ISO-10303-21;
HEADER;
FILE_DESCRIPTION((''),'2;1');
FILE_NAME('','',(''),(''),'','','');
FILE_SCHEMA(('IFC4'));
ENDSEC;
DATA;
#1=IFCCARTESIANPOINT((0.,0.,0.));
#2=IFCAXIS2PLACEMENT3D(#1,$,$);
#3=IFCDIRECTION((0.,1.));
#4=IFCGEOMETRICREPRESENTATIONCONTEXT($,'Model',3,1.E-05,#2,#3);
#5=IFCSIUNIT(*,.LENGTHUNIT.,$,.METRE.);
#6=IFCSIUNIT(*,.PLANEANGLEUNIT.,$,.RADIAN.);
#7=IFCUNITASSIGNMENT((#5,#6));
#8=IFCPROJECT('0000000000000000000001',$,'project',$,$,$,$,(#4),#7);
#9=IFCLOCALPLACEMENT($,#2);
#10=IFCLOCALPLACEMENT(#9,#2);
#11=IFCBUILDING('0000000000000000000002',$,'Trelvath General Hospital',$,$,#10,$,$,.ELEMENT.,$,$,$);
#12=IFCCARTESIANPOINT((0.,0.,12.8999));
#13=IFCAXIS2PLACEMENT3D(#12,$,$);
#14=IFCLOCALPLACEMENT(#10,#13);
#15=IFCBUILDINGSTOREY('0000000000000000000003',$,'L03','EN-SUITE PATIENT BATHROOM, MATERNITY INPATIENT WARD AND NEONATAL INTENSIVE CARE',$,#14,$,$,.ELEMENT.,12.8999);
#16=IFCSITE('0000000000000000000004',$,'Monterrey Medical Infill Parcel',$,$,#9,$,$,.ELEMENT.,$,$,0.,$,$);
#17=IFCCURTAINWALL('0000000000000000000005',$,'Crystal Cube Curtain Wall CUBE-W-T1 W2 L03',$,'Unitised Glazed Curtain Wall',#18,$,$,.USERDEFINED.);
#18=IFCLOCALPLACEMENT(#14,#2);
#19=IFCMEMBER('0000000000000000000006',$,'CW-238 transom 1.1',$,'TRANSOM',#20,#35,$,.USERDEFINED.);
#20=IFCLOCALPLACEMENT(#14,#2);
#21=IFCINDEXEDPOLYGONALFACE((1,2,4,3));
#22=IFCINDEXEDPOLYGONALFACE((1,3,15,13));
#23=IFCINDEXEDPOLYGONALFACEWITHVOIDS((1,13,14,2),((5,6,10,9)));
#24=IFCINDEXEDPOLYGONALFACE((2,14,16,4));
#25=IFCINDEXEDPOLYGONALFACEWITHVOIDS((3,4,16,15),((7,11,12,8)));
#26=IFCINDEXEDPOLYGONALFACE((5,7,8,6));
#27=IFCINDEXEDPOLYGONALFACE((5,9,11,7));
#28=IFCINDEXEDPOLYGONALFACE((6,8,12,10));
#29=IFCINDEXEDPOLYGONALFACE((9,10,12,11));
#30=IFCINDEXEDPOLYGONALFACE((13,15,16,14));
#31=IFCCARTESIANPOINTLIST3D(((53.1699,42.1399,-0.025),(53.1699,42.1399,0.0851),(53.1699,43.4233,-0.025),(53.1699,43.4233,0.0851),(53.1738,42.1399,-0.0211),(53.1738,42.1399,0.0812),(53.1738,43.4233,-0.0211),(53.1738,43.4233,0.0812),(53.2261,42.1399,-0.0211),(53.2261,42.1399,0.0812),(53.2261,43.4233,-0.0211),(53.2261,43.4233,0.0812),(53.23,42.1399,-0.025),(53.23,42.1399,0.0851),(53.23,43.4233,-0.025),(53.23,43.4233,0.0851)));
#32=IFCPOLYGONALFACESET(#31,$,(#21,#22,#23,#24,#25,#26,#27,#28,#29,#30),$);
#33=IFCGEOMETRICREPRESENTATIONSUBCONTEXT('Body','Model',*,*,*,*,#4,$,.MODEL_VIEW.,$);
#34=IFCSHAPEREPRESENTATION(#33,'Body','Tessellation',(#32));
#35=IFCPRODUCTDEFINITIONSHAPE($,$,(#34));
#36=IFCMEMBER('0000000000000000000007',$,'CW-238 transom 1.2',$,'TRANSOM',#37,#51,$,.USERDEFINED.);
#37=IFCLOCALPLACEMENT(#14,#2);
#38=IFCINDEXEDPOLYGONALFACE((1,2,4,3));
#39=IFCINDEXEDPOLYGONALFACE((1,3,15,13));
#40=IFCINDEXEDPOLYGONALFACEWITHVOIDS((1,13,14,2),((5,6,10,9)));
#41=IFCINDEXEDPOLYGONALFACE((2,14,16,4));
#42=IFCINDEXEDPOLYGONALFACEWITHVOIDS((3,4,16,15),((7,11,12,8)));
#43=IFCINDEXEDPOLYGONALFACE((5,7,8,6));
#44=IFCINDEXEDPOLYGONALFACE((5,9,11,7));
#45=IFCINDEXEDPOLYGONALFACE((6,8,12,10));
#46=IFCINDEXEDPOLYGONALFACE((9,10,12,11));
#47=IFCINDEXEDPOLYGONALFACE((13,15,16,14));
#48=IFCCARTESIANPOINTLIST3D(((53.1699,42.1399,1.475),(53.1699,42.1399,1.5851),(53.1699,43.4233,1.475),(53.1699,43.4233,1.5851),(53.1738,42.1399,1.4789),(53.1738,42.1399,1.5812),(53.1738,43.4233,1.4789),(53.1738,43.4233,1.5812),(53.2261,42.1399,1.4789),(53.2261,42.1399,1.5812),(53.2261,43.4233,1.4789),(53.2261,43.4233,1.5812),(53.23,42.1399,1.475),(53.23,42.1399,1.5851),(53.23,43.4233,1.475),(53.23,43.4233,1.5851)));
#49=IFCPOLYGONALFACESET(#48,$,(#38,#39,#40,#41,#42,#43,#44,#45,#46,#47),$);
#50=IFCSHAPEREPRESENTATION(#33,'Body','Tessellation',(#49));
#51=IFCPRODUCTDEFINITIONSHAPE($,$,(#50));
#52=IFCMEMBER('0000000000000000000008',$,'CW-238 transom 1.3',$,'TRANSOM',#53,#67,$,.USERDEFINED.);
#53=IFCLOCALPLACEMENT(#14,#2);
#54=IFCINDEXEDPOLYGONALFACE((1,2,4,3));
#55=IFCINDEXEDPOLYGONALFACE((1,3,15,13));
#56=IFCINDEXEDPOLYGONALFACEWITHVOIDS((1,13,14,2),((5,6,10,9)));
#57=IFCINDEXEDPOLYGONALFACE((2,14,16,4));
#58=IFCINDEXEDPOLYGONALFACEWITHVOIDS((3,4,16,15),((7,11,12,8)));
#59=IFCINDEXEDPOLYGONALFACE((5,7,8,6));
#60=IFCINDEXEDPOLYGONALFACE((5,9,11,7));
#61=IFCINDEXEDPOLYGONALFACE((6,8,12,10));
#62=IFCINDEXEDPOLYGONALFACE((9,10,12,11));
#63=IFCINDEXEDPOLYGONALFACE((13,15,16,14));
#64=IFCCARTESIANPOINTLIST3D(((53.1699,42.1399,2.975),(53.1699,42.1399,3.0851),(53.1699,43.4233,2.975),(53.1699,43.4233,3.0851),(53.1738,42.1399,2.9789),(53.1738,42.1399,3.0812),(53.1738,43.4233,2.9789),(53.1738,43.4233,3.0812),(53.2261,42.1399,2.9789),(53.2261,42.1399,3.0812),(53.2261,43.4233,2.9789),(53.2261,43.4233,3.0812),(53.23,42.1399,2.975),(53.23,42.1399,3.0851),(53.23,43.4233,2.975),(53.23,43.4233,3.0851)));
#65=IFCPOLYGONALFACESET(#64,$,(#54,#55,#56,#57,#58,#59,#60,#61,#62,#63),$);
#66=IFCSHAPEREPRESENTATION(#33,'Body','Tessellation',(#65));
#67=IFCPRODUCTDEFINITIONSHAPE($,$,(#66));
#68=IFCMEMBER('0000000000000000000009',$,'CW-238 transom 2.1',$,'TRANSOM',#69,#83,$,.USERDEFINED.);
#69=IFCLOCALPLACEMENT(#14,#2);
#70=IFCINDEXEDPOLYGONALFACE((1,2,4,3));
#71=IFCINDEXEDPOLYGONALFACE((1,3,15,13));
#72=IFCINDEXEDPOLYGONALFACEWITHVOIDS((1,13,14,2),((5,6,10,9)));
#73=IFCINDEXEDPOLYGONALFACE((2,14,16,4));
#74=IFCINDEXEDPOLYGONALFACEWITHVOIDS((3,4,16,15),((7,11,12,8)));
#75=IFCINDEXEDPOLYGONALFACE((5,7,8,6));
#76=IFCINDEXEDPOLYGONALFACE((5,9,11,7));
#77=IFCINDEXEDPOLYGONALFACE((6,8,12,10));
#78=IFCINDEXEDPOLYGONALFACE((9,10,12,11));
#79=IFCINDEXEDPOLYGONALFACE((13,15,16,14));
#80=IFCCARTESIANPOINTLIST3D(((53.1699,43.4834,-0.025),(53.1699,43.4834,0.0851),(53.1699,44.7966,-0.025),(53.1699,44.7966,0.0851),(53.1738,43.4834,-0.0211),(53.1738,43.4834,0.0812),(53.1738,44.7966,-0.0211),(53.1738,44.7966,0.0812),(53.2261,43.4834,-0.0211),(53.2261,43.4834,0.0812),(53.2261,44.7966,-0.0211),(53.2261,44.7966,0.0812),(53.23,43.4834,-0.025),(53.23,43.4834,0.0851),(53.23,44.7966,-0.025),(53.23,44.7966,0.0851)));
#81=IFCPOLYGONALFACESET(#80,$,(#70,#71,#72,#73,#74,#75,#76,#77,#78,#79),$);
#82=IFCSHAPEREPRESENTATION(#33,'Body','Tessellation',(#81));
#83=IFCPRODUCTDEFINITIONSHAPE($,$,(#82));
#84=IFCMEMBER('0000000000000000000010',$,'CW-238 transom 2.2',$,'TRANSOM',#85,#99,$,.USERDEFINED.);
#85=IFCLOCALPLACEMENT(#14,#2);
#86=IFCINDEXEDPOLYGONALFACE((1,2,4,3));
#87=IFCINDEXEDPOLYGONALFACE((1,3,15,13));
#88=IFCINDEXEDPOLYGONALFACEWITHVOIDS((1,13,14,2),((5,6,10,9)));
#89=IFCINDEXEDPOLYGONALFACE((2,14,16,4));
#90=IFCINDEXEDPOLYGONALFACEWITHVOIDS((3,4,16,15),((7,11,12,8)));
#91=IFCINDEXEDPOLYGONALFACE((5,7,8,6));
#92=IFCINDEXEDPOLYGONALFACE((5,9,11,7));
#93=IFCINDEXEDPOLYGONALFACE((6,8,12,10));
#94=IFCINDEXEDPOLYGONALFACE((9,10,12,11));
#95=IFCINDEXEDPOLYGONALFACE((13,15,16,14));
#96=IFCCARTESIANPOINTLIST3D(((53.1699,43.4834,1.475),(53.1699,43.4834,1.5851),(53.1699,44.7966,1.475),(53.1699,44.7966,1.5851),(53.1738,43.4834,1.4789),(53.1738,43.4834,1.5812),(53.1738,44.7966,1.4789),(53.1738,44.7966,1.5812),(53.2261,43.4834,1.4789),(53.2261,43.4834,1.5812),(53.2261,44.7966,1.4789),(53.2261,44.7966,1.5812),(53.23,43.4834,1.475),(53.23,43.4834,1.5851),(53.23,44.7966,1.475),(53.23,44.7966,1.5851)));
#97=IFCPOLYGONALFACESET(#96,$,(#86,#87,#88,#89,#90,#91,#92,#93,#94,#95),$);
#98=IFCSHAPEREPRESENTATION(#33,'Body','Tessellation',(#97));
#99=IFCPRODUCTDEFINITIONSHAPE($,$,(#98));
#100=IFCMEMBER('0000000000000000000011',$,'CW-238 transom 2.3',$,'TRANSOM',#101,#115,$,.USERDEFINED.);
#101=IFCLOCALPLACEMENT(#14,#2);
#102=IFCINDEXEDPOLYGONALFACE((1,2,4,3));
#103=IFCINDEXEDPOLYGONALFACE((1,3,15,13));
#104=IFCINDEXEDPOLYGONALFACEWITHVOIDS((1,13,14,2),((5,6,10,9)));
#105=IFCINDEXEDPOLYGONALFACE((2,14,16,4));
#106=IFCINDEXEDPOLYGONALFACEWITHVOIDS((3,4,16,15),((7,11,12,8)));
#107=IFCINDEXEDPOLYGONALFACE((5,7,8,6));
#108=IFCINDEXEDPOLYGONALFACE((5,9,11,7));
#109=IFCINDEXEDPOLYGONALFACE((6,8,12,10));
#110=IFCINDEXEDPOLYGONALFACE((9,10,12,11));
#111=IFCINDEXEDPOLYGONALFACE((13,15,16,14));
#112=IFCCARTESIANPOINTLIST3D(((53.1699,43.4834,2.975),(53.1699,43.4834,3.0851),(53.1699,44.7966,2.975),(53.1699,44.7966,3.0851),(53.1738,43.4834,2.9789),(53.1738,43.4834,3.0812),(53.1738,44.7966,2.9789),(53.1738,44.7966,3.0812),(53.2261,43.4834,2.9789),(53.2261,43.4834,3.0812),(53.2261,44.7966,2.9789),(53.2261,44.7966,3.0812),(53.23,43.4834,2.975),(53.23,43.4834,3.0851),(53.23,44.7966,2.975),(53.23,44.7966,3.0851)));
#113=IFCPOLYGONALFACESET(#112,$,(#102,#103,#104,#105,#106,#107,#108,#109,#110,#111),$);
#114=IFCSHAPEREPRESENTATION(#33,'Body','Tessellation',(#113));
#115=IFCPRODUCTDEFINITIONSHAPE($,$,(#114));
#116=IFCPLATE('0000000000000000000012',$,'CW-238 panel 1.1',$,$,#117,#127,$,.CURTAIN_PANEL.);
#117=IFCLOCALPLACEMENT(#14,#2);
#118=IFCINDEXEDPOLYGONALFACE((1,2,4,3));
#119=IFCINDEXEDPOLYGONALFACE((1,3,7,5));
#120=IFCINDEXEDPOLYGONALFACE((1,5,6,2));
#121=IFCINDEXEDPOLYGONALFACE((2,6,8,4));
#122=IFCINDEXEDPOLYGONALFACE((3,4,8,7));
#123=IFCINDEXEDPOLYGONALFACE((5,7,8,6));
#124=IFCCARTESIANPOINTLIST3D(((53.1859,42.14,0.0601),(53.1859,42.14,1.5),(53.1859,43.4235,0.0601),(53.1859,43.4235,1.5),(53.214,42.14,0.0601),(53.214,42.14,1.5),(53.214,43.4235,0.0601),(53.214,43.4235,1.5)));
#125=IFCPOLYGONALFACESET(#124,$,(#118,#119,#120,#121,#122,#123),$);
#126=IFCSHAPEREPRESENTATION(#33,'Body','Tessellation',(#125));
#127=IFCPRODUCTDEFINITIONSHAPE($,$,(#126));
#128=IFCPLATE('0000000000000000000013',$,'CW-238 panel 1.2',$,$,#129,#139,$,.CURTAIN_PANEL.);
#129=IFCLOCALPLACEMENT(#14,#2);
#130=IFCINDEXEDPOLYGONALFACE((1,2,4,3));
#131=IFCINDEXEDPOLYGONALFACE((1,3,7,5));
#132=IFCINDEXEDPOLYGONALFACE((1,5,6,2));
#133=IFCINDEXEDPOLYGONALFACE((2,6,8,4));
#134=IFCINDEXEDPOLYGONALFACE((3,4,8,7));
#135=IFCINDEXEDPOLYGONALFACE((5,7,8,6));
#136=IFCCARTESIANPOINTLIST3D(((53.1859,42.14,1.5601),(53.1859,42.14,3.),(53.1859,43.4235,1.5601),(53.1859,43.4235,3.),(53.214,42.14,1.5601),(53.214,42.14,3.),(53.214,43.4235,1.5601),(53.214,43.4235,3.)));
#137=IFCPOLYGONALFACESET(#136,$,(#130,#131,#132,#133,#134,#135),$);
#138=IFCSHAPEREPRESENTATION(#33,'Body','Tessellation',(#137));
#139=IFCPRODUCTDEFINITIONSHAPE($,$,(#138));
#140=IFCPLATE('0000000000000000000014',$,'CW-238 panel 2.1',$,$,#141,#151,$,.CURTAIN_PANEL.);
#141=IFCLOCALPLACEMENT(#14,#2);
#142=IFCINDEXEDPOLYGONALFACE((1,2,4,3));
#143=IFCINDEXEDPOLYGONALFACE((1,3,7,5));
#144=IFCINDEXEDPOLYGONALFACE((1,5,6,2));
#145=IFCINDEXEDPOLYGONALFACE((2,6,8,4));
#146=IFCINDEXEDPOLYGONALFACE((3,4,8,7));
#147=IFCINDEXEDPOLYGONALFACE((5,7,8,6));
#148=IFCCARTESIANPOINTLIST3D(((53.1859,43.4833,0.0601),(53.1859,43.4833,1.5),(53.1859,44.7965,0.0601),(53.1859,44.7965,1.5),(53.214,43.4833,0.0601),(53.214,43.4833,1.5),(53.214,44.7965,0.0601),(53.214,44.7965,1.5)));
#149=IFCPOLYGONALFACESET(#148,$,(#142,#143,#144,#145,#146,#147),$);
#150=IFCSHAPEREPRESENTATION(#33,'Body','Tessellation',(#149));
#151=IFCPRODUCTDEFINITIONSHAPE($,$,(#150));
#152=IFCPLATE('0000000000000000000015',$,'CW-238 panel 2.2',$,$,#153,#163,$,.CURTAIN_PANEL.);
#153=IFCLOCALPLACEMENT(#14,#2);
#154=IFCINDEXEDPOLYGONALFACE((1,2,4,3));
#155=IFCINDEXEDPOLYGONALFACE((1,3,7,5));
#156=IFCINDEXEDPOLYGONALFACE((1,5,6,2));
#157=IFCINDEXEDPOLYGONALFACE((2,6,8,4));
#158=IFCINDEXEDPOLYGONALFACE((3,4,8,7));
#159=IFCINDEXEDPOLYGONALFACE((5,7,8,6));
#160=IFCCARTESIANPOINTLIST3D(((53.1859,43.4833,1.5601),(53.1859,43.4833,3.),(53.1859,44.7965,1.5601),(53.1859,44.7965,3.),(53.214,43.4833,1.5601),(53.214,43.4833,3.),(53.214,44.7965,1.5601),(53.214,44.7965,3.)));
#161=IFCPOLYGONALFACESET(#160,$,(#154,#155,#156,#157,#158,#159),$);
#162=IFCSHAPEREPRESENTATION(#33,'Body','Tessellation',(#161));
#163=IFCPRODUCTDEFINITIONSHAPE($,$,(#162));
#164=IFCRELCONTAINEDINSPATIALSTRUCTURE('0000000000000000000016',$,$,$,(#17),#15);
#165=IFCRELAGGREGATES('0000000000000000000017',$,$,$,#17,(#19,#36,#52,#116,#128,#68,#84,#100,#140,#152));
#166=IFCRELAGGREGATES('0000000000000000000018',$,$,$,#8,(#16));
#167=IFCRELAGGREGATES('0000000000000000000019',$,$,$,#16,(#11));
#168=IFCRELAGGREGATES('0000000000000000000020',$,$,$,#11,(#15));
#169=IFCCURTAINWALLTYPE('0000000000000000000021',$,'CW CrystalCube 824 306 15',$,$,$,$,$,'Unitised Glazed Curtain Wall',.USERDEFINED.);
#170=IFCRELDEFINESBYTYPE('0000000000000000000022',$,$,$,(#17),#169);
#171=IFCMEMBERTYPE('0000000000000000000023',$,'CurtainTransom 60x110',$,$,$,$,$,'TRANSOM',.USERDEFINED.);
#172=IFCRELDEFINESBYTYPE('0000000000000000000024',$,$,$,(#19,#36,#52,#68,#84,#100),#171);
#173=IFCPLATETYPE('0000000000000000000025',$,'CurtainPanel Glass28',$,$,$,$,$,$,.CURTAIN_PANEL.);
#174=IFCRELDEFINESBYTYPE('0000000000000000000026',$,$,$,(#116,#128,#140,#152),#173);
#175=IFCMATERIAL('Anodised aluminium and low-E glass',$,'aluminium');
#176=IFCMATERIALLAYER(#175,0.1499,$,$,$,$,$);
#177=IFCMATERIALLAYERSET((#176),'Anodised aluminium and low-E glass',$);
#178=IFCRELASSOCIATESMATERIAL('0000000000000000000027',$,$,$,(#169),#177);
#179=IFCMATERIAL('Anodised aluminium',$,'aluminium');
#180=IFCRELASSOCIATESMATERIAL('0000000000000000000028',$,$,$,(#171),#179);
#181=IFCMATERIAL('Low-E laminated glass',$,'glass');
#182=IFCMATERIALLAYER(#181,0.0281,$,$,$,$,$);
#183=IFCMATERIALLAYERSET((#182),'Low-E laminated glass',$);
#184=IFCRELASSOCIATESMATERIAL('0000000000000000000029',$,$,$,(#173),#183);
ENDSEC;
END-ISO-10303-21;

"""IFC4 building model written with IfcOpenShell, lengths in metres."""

from ifc_helpers import new_model, si_unit, direction, frame, origin, origin_2d, place, context, subcontext, project, spatial, rectangle, hollow_rectangle, extrude, material, layer, layer_set, material_profile, profile_set, type_object, element, aggregate, save


model = new_model("IFC4")

# Units and contexts
model_context = context("Model", 3, precision=1e-05, world=origin(), true_north=direction((0.0, 1.0)))
body_context = subcontext(model_context, "Body", "Model", "MODEL_VIEW")
ifc_project = project(units=[si_unit("LENGTHUNIT", "METRE"), si_unit("PLANEANGLEUNIT", "RADIAN")], contexts=[model_context])

# Site, building, storey
site_placement = place(None, origin())
site = spatial("IfcSite", under=ifc_project, at=site_placement, Name="Monterrey Medical Infill Parcel", CompositionType="ELEMENT", RefElevation=0.0)
building_placement = place(site_placement, origin())
building = spatial("IfcBuilding", under=site, at=building_placement, Name="Trelvath General Hospital", CompositionType="ELEMENT")
storey_placement = place(building_placement, frame((0.0, 0.0, 12.8999)))
storey = spatial("IfcBuildingStorey", under=building, at=storey_placement, Name="L03", Description="EN-SUITE PATIENT BATHROOM, MATERNITY INPATIENT WARD AND NEONATAL INTENSIVE CARE", CompositionType="ELEMENT", Elevation=12.8999)

# Curtain wall, members, plates
ifc_material_1 = material(Name="Anodised aluminium and low-E glass", Category="aluminium")
ifc_layer_1 = layer(ifc_material_1, 0.1499)
ifc_layer_set_1 = layer_set([ifc_layer_1], Name="Anodised aluminium and low-E glass")
curtain_wall_type_1 = type_object("IfcCurtainWallType", Name="CW CrystalCube 824 306 15", ElementType="Unitised Glazed Curtain Wall", PredefinedType="USERDEFINED", material=ifc_layer_set_1)
curtain_wall_1_placement = place(storey_placement, origin())
curtain_wall_1 = element("IfcCurtainWall", 1, at=curtain_wall_1_placement, inside=storey, type_object=curtain_wall_type_1, Name="Crystal Cube Curtain Wall CUBE-W-T1 W2 L03", ObjectType="Unitised Glazed Curtain Wall", PredefinedType="USERDEFINED")
ifc_material_2 = material(Name="Anodised aluminium", Category="aluminium")
ifc_material_profile_1 = material_profile(ifc_material_2, hollow_rectangle(XDim=0.0601, YDim=0.1101, WallThickness=0.0039, at=origin_2d()), Name="RHS60x110x4")
ifc_profile_set_1 = profile_set([ifc_material_profile_1], Name="Anodised aluminium")
member_type_1 = type_object("IfcMemberType", Name="CurtainTransom 60x110", ElementType="TRANSOM", PredefinedType="USERDEFINED", material=ifc_profile_set_1)
member_1_placement = place(storey_placement, frame((53.2, 42.1399, 0.03), z_axis=(0.0, 1.0, 0.0), x_axis=(-1.0, 0.0, 0.0)))
member_1 = element("IfcMember", 2, at=member_1_placement, type_object=member_type_1, Name="CW-238 transom 1.1", ObjectType="TRANSOM", PredefinedType="USERDEFINED", context=body_context, shape_type="SweptSolid", body=[
    extrude(hollow_rectangle(XDim=0.0601, YDim=0.1101, WallThickness=0.0039, at=origin_2d()), origin(), (0.0, 0.0, 1.0), 1.2834),
])
member_2_placement = place(storey_placement, frame((53.2, 42.1399, 1.53), z_axis=(0.0, 1.0, 0.0), x_axis=(-1.0, 0.0, 0.0)))
member_2 = element("IfcMember", 3, at=member_2_placement, type_object=member_type_1, Name="CW-238 transom 1.2", ObjectType="TRANSOM", PredefinedType="USERDEFINED", context=body_context, shape_type="SweptSolid", body=[
    extrude(hollow_rectangle(XDim=0.0601, YDim=0.1101, WallThickness=0.0039, at=origin_2d()), origin(), (0.0, 0.0, 1.0), 1.2834),
])
member_3_placement = place(storey_placement, frame((53.2, 42.1399, 3.03), z_axis=(0.0, 1.0, 0.0), x_axis=(-1.0, 0.0, 0.0)))
member_3 = element("IfcMember", 4, at=member_3_placement, type_object=member_type_1, Name="CW-238 transom 1.3", ObjectType="TRANSOM", PredefinedType="USERDEFINED", context=body_context, shape_type="SweptSolid", body=[
    extrude(hollow_rectangle(XDim=0.0601, YDim=0.1101, WallThickness=0.0039, at=origin_2d()), origin(), (0.0, 0.0, 1.0), 1.2834),
])
member_4_placement = place(storey_placement, frame((53.2, 43.4834, 0.03), z_axis=(0.0, 1.0, 0.0), x_axis=(-1.0, 0.0, 0.0)))
member_4 = element("IfcMember", 5, at=member_4_placement, type_object=member_type_1, Name="CW-238 transom 2.1", ObjectType="TRANSOM", PredefinedType="USERDEFINED", context=body_context, shape_type="SweptSolid", body=[
    extrude(hollow_rectangle(XDim=0.0601, YDim=0.1101, WallThickness=0.0039, at=origin_2d()), origin(), (0.0, 0.0, 1.0), 1.3132),
])
member_5_placement = place(storey_placement, frame((53.2, 43.4834, 1.53), z_axis=(0.0, 1.0, 0.0), x_axis=(-1.0, 0.0, 0.0)))
member_5 = element("IfcMember", 6, at=member_5_placement, type_object=member_type_1, Name="CW-238 transom 2.2", ObjectType="TRANSOM", PredefinedType="USERDEFINED", context=body_context, shape_type="SweptSolid", body=[
    extrude(hollow_rectangle(XDim=0.0601, YDim=0.1101, WallThickness=0.0039, at=origin_2d()), origin(), (0.0, 0.0, 1.0), 1.3132),
])
member_6_placement = place(storey_placement, frame((53.2, 43.4834, 3.03), z_axis=(0.0, 1.0, 0.0), x_axis=(-1.0, 0.0, 0.0)))
member_6 = element("IfcMember", 7, at=member_6_placement, type_object=member_type_1, Name="CW-238 transom 2.3", ObjectType="TRANSOM", PredefinedType="USERDEFINED", context=body_context, shape_type="SweptSolid", body=[
    extrude(hollow_rectangle(XDim=0.0601, YDim=0.1101, WallThickness=0.0039, at=origin_2d()), origin(), (0.0, 0.0, 1.0), 1.3132),
])
ifc_material_3 = material(Name="Low-E laminated glass", Category="glass")
ifc_layer_2 = layer(ifc_material_3, 0.0281)
ifc_layer_set_2 = layer_set([ifc_layer_2], Name="Low-E laminated glass")
plate_type = type_object("IfcPlateType", Name="CurtainPanel Glass28", PredefinedType="CURTAIN_PANEL", material=ifc_layer_set_2)
plate_1_placement = place(storey_placement, frame((53.2, 42.7817, 0.0601), z_axis=(0.0, 0.0, 1.0), x_axis=(0.0, 1.0, 0.0)))
plate_1 = element("IfcPlate", 8, at=plate_1_placement, type_object=plate_type, Name="CW-238 panel 1.1", PredefinedType="CURTAIN_PANEL", context=body_context, shape_type="SweptSolid", body=[
    extrude(rectangle(XDim=1.2834, YDim=0.0281, at=origin_2d()), origin(), (0.0, 0.0, 1.0), 1.4399),
])
plate_2_placement = place(storey_placement, frame((53.2, 42.7817, 1.5601), z_axis=(0.0, 0.0, 1.0), x_axis=(0.0, 1.0, 0.0)))
plate_2 = element("IfcPlate", 9, at=plate_2_placement, type_object=plate_type, Name="CW-238 panel 1.2", PredefinedType="CURTAIN_PANEL", context=body_context, shape_type="SweptSolid", body=[
    extrude(rectangle(XDim=1.2834, YDim=0.0281, at=origin_2d()), origin(), (0.0, 0.0, 1.0), 1.4399),
])
plate_3_placement = place(storey_placement, frame((53.2, 44.1399, 0.0601), z_axis=(0.0, 0.0, 1.0), x_axis=(0.0, 1.0, 0.0)))
plate_3 = element("IfcPlate", 10, at=plate_3_placement, type_object=plate_type, Name="CW-238 panel 2.1", PredefinedType="CURTAIN_PANEL", context=body_context, shape_type="SweptSolid", body=[
    extrude(rectangle(XDim=1.3132, YDim=0.0281, at=origin_2d()), origin(), (0.0, 0.0, 1.0), 1.4399),
])
plate_4_placement = place(storey_placement, frame((53.2, 44.1399, 1.5601), z_axis=(0.0, 0.0, 1.0), x_axis=(0.0, 1.0, 0.0)))
plate_4 = element("IfcPlate", 11, at=plate_4_placement, type_object=plate_type, Name="CW-238 panel 2.2", PredefinedType="CURTAIN_PANEL", context=body_context, shape_type="SweptSolid", body=[
    extrude(rectangle(XDim=1.3132, YDim=0.0281, at=origin_2d()), origin(), (0.0, 0.0, 1.0), 1.4399),
])
aggregate(curtain_wall_1, [member_1, member_2, member_3, plate_1, plate_2, member_4, member_5, member_6, plate_3, plate_4])

save(model, "model.ifc")
